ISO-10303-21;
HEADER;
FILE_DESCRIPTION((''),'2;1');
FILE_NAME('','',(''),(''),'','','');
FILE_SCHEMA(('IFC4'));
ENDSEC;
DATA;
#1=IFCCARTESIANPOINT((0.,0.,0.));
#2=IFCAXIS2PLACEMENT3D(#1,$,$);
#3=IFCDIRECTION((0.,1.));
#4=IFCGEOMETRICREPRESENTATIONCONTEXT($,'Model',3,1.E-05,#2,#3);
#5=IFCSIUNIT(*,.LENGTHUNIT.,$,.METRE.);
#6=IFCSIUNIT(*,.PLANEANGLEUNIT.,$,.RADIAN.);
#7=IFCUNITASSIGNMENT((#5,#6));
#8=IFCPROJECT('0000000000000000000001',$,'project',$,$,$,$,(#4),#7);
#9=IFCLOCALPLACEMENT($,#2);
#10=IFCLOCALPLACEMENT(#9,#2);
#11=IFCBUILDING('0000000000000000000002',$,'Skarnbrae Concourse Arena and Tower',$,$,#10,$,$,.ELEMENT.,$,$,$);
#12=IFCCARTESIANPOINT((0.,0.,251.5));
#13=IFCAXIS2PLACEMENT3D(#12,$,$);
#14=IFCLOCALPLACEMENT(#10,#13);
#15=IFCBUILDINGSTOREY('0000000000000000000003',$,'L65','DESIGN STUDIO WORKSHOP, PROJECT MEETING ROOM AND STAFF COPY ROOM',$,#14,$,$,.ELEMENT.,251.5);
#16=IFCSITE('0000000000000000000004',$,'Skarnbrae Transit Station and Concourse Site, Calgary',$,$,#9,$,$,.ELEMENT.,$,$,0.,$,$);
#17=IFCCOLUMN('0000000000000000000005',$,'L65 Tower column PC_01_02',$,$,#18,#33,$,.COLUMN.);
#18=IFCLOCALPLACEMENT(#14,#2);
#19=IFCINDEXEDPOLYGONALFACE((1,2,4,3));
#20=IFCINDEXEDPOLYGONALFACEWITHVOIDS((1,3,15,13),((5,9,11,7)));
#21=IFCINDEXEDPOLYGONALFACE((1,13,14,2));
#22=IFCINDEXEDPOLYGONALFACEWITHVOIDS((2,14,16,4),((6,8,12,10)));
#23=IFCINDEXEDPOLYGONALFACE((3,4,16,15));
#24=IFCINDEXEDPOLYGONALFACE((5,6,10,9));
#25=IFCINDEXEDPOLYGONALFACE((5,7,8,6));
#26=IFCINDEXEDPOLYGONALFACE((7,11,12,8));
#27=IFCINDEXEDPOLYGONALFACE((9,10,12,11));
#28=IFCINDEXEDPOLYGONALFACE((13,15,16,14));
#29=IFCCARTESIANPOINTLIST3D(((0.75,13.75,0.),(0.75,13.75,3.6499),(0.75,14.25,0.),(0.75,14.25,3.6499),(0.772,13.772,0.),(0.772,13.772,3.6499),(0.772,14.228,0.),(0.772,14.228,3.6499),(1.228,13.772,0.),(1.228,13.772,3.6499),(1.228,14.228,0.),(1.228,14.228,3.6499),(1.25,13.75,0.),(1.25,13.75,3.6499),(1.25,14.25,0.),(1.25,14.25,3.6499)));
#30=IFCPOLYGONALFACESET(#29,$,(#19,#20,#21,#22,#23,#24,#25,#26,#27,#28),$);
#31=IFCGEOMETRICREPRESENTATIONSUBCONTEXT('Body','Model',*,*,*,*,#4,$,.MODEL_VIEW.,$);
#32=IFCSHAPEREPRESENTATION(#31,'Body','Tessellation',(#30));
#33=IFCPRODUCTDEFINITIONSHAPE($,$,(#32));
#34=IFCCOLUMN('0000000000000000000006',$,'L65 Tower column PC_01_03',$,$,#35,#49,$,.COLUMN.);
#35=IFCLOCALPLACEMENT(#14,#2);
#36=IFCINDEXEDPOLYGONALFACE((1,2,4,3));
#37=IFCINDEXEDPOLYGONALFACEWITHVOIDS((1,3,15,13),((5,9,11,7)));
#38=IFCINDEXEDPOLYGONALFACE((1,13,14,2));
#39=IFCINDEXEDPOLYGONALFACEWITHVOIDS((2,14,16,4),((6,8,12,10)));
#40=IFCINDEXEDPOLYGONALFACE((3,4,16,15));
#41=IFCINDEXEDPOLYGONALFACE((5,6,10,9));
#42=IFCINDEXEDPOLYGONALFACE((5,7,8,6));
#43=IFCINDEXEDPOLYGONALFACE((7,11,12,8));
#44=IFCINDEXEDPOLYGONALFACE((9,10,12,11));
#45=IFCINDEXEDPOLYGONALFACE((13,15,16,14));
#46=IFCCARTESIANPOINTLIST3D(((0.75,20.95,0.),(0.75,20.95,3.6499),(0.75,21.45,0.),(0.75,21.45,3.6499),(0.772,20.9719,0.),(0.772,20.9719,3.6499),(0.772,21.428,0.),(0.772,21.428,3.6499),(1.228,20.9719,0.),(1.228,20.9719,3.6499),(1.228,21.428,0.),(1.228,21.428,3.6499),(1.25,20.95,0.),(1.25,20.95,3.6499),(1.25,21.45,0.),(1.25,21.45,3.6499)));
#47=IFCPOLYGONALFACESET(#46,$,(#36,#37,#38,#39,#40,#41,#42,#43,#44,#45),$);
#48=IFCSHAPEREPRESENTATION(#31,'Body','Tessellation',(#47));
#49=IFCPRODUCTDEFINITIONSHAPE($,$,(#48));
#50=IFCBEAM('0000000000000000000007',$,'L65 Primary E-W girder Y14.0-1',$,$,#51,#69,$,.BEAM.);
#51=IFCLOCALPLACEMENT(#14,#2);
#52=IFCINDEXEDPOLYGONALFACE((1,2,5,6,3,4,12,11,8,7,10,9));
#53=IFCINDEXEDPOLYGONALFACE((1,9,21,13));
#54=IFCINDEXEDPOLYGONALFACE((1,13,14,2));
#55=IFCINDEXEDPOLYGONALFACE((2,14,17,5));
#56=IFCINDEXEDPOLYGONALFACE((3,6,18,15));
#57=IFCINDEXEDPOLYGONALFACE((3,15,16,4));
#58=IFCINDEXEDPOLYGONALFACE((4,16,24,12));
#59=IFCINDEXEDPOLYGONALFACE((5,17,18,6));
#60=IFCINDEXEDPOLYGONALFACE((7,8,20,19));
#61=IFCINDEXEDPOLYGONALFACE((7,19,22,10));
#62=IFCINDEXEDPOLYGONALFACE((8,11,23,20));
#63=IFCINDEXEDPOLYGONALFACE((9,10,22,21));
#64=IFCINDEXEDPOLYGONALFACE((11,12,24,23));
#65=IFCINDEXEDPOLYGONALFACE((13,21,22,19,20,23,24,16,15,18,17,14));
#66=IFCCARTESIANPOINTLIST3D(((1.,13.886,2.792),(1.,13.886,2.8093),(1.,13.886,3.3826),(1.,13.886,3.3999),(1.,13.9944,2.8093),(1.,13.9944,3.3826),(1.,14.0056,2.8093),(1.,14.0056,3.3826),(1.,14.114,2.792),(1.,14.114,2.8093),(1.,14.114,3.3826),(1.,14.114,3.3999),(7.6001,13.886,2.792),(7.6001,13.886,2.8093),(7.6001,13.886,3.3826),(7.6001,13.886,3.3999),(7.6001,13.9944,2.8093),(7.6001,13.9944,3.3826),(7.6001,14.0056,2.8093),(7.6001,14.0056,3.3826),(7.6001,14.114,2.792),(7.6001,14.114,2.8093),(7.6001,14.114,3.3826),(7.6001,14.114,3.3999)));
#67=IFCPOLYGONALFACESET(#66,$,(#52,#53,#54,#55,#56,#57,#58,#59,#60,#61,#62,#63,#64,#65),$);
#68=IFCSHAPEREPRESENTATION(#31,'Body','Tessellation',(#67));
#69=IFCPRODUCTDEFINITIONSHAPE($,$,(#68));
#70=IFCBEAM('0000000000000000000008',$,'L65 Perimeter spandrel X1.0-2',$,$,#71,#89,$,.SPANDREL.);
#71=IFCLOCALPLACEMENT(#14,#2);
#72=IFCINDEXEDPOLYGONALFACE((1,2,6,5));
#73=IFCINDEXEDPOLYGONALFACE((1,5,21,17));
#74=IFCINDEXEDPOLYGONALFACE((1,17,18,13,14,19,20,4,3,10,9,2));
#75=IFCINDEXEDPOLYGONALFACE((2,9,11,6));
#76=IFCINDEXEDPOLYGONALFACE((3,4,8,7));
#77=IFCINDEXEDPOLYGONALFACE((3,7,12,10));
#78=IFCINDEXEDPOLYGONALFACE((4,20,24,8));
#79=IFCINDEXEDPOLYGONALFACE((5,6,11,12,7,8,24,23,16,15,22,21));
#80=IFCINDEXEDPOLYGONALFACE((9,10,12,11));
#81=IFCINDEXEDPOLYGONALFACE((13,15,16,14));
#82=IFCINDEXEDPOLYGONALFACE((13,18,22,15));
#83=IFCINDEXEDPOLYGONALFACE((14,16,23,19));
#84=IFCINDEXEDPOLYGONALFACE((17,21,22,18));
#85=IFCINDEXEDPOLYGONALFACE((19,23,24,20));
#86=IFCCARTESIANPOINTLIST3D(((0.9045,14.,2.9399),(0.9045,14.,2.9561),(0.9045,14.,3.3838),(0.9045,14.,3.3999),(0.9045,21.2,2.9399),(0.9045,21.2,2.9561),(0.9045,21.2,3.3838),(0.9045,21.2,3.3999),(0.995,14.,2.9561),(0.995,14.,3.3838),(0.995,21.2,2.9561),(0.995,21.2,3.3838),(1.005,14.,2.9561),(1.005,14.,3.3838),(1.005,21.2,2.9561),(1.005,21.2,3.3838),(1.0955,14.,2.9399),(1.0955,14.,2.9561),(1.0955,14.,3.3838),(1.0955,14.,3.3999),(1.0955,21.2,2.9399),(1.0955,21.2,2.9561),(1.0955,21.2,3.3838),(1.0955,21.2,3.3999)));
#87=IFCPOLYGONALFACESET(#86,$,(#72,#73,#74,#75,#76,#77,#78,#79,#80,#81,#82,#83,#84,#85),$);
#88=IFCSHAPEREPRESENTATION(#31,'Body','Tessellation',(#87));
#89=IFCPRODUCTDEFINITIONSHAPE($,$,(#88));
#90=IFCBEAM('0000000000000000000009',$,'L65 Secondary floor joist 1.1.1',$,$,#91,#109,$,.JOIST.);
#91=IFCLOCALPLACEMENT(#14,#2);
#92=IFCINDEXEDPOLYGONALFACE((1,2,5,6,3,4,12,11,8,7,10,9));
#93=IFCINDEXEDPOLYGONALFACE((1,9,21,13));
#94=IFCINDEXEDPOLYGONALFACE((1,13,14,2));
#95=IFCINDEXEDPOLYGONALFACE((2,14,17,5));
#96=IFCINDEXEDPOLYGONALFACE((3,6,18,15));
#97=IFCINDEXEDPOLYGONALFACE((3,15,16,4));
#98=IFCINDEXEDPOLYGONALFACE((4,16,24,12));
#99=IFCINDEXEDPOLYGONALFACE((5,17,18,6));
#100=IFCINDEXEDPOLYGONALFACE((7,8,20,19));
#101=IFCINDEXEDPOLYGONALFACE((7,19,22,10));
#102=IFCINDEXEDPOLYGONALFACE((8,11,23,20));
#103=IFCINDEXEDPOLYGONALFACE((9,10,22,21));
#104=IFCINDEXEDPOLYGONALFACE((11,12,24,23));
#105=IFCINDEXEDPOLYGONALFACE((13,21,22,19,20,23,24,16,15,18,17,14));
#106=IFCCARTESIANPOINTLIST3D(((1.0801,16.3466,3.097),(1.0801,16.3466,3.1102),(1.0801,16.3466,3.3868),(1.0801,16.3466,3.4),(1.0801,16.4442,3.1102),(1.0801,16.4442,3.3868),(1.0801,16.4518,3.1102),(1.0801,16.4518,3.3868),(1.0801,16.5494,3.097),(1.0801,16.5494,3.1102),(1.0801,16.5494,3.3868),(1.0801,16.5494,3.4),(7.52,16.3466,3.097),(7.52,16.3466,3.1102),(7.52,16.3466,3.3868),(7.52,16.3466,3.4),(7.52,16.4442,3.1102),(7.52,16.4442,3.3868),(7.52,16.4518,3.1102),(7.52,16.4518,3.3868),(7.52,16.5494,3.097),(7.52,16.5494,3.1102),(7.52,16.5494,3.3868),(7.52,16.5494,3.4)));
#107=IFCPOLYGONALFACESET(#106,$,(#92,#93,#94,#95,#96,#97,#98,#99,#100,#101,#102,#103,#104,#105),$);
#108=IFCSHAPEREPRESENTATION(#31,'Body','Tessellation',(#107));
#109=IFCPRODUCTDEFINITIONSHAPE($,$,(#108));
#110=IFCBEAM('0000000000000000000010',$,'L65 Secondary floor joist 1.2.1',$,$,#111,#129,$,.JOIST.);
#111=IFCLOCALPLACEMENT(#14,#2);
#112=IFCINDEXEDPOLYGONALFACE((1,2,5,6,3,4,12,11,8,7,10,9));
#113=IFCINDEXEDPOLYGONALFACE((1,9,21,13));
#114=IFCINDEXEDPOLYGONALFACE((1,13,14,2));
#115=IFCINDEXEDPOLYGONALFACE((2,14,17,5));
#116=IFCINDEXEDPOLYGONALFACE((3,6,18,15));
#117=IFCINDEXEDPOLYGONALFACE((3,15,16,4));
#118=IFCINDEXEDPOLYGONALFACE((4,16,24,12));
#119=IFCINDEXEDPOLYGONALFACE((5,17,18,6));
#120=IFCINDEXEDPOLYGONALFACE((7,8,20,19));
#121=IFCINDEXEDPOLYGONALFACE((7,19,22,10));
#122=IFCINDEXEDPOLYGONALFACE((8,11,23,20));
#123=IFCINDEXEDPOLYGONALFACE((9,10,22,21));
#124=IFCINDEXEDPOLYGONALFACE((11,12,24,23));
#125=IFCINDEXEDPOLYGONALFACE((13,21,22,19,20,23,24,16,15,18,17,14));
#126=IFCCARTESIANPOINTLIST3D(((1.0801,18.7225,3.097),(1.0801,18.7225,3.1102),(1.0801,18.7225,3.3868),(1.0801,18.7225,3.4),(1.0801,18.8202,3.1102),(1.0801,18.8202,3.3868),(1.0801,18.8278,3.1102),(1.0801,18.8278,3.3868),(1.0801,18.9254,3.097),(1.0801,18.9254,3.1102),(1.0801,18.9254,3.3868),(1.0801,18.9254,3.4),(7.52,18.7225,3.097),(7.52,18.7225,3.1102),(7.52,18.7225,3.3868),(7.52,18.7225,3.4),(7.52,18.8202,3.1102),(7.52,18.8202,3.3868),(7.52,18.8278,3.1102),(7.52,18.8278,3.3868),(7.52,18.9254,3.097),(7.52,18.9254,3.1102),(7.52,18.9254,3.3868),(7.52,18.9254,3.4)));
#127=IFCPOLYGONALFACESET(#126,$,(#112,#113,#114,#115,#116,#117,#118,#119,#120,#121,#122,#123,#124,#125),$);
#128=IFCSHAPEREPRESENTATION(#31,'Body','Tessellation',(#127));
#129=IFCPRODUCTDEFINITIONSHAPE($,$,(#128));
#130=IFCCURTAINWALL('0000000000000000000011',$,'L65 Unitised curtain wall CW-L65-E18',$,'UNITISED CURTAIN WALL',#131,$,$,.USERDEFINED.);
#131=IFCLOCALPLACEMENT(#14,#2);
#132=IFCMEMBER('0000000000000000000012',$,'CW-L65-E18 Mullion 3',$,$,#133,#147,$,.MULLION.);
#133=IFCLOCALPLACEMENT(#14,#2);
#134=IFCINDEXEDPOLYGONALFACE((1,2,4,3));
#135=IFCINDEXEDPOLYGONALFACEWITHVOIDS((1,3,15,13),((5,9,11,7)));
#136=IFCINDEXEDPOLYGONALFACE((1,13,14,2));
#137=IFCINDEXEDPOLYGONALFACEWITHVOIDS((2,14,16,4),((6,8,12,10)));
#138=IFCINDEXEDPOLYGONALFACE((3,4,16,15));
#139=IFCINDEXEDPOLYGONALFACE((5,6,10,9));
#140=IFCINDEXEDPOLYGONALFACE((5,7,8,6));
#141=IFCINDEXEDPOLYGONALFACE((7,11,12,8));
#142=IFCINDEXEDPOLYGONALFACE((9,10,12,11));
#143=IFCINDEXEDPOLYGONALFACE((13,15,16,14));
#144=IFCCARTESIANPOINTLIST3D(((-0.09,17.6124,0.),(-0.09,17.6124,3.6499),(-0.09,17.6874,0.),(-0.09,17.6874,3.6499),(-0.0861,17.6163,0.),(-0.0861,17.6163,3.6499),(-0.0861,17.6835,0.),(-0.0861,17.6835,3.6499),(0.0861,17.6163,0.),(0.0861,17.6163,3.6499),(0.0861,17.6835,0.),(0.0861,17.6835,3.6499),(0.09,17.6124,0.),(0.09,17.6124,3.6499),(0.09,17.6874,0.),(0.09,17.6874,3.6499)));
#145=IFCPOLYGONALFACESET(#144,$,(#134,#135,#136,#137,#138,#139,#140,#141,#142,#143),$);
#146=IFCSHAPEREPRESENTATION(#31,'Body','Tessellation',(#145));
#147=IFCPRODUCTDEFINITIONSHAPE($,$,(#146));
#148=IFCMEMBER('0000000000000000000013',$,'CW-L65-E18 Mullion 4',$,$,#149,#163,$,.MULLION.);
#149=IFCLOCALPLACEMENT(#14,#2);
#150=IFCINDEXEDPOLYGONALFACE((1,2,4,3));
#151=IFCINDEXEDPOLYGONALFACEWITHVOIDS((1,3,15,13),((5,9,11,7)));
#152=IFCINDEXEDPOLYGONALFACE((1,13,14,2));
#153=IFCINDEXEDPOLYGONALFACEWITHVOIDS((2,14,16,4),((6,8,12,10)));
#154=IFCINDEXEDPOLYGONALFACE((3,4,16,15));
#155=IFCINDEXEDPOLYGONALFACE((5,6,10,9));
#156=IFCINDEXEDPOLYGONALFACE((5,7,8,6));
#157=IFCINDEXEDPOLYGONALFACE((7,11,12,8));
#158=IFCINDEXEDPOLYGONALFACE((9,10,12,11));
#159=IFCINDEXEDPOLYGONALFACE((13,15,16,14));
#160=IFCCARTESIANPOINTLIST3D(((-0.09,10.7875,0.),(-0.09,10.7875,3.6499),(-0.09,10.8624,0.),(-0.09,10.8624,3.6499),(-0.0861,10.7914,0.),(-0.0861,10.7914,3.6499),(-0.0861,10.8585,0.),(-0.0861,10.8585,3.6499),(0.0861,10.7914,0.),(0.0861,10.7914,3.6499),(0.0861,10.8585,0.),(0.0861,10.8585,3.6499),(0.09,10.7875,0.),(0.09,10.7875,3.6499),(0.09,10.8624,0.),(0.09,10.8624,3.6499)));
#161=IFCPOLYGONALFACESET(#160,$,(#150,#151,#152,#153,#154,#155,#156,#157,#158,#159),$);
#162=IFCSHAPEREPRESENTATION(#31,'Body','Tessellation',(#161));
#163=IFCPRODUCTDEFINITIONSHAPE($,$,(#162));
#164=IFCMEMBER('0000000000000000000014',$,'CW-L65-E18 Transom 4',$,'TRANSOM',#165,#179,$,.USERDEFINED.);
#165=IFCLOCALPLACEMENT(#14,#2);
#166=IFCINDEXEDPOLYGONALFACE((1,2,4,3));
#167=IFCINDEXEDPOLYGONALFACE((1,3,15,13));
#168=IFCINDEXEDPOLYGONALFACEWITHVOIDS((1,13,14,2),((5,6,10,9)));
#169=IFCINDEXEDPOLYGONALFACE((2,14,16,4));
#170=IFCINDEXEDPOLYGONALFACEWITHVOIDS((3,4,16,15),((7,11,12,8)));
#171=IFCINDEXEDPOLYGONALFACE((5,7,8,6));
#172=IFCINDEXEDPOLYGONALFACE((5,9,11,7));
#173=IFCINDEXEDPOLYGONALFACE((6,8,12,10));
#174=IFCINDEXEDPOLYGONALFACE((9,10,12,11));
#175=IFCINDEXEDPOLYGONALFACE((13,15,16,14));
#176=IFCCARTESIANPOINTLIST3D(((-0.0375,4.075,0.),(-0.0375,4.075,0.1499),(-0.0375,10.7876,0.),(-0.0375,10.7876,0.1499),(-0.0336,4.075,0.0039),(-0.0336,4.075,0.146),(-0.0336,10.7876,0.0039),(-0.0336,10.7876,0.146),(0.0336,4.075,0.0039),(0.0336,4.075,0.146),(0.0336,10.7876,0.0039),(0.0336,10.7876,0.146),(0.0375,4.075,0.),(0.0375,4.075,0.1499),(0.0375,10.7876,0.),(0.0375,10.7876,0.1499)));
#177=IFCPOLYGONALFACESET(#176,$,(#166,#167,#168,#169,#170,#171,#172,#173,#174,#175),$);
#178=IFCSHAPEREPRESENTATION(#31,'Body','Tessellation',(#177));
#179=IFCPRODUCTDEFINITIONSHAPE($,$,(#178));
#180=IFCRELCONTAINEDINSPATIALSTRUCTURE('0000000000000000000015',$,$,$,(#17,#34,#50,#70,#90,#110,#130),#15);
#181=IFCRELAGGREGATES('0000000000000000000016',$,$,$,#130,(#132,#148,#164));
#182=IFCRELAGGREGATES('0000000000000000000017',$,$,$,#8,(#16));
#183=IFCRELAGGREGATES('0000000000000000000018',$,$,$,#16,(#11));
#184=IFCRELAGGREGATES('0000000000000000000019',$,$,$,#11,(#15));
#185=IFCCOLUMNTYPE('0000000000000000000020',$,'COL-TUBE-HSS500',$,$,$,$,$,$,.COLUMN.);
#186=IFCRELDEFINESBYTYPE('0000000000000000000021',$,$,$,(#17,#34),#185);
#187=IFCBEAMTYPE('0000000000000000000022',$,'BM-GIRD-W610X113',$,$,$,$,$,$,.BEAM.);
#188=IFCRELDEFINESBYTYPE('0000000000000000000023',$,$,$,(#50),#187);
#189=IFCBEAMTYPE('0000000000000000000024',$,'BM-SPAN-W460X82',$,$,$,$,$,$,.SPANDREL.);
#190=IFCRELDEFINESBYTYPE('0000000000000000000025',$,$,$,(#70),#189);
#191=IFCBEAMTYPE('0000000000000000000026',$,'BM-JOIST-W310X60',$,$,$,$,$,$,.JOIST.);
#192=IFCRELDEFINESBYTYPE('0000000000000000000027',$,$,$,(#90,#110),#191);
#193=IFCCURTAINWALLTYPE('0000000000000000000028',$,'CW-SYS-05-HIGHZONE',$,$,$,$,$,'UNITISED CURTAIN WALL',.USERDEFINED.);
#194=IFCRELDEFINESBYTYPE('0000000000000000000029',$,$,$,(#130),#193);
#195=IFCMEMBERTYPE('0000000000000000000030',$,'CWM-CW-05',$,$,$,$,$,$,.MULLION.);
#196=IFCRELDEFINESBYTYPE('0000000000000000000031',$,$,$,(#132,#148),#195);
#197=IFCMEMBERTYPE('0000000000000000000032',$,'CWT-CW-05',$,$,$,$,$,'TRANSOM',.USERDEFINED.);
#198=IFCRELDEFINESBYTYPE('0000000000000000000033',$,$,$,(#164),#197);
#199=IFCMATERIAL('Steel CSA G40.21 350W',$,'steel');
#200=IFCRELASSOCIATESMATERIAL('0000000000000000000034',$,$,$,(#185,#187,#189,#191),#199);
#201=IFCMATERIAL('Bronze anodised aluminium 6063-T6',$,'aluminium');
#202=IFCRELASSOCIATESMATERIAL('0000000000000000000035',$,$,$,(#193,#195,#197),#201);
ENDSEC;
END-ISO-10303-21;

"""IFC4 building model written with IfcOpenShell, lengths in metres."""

from ifc_helpers import new_model, si_unit, direction, frame, origin, origin_2d, place, context, subcontext, project, spatial, hollow_rectangle, i_section, extrude, source, transform, mapped, material, material_profile, profile_set, type_object, element, aggregate, save


model = new_model("IFC4")

# Units and contexts
model_context = context("Model", 3, precision=1e-05, world=origin(), true_north=direction((0.0, 1.0)))
body_context = subcontext(model_context, "Body", "Model", "MODEL_VIEW")
ifc_project = project(units=[si_unit("LENGTHUNIT", "METRE"), si_unit("PLANEANGLEUNIT", "RADIAN")], contexts=[model_context])

# Site, building, storey
site_placement = place(None, origin())
site = spatial("IfcSite", under=ifc_project, at=site_placement, Name="Skarnbrae Transit Station and Concourse Site, Calgary", CompositionType="ELEMENT", RefElevation=0.0)
building_placement = place(site_placement, origin())
building = spatial("IfcBuilding", under=site, at=building_placement, Name="Skarnbrae Concourse Arena and Tower", CompositionType="ELEMENT")
storey_placement = place(building_placement, frame((0.0, 0.0, 251.5)))
storey = spatial("IfcBuildingStorey", under=building, at=storey_placement, Name="L65", Description="DESIGN STUDIO WORKSHOP, PROJECT MEETING ROOM AND STAFF COPY ROOM", CompositionType="ELEMENT", Elevation=251.5)

# Columns
ifc_material_1 = material(Name="Steel CSA G40.21 350W", Category="steel")
ifc_material_profile_1 = material_profile(ifc_material_1, hollow_rectangle(XDim=0.5, YDim=0.5, WallThickness=0.022, at=origin_2d()), Name="HSS500X500X22.0")
ifc_profile_set_1 = profile_set([ifc_material_profile_1], Name="Steel CSA G40.21 350W")
column_type = type_object("IfcColumnType", Name="COL-TUBE-HSS500", PredefinedType="COLUMN", material=ifc_profile_set_1)
shared_shape_1 = source(origin(), body_context, "Body", "SweptSolid", [
    extrude(hollow_rectangle(XDim=0.5, YDim=0.5, WallThickness=0.022, at=origin_2d()), origin(), (0.0, 0.0, 1.0), 3.6499),
])
for number, where, z_axis, x_axis, name in (
    (1, (1.0, 14.0, 0.0), (0.0, 0.0, 1.0), (1.0, 0.0, 0.0), "L65 Tower column PC_01_02"),
    (2, (1.0, 21.2, 0.0), (0.0, 0.0, 1.0), (1.0, 0.0, 0.0), "L65 Tower column PC_01_03"),
):
    element("IfcColumn", number, at=place(storey_placement, frame(where, z_axis=z_axis, x_axis=x_axis)), inside=storey, type_object=column_type, Name=name, PredefinedType="COLUMN", context=body_context, shape_type="MappedRepresentation", body=[
        mapped(shared_shape_1, transform((0.0, 0.0, 0.0))),
    ])

# Beams
ifc_material_profile_2 = material_profile(ifc_material_1, i_section(OverallWidth=0.228, OverallDepth=0.6079, WebThickness=0.0112, FlangeThickness=0.0173, at=origin_2d()), Name="W610X113")
ifc_profile_set_2 = profile_set([ifc_material_profile_2], Name="Steel CSA G40.21 350W")
beam_type_1 = type_object("IfcBeamType", Name="BM-GIRD-W610X113", PredefinedType="BEAM", material=ifc_profile_set_2)
shared_shape_2 = source(origin(), body_context, "Body", "SweptSolid", [
    extrude(i_section(OverallWidth=0.228, OverallDepth=0.6079, WebThickness=0.0112, FlangeThickness=0.0173, at=origin_2d()), origin(), (0.0, 0.0, 1.0), 6.6001),
])
beam_1_placement = place(storey_placement, frame((1.0, 14.0, 3.0959), z_axis=(1.0, 0.0, 0.0), x_axis=(0.0, 1.0, 0.0)))
element("IfcBeam", 3, at=beam_1_placement, inside=storey, type_object=beam_type_1, Name="L65 Primary E-W girder Y14.0-1", PredefinedType="BEAM", context=body_context, shape_type="MappedRepresentation", body=[
    mapped(shared_shape_2, transform((0.0, 0.0, 0.0))),
])
ifc_material_profile_3 = material_profile(ifc_material_1, i_section(OverallWidth=0.1909, OverallDepth=0.46, WebThickness=0.01, FlangeThickness=0.0161, at=origin_2d()), Name="W460X82")
ifc_profile_set_3 = profile_set([ifc_material_profile_3], Name="Steel CSA G40.21 350W")
beam_type_2 = type_object("IfcBeamType", Name="BM-SPAN-W460X82", PredefinedType="SPANDREL", material=ifc_profile_set_3)
shared_shape_3 = source(origin(), body_context, "Body", "SweptSolid", [
    extrude(i_section(OverallWidth=0.1909, OverallDepth=0.46, WebThickness=0.01, FlangeThickness=0.0161, at=origin_2d()), origin(), (0.0, 0.0, 1.0), 7.2),
])
beam_2_placement = place(storey_placement, frame((1.0, 14.0, 3.1699), z_axis=(0.0, 1.0, 0.0), x_axis=(-1.0, 0.0, 0.0)))
element("IfcBeam", 4, at=beam_2_placement, inside=storey, type_object=beam_type_2, Name="L65 Perimeter spandrel X1.0-2", PredefinedType="SPANDREL", context=body_context, shape_type="MappedRepresentation", body=[
    mapped(shared_shape_3, transform((0.0, 0.0, 0.0))),
])
ifc_material_profile_4 = material_profile(ifc_material_1, i_section(OverallWidth=0.2029, OverallDepth=0.303, WebThickness=0.0076, FlangeThickness=0.0132, at=origin_2d()), Name="W310X60")
ifc_profile_set_4 = profile_set([ifc_material_profile_4], Name="Steel CSA G40.21 350W")
beam_type_3 = type_object("IfcBeamType", Name="BM-JOIST-W310X60", PredefinedType="JOIST", material=ifc_profile_set_4)
shared_shape_4 = source(origin(), body_context, "Body", "SweptSolid", [
    extrude(i_section(OverallWidth=0.2029, OverallDepth=0.303, WebThickness=0.0076, FlangeThickness=0.0132, at=origin_2d()), origin(), (0.0, 0.0, 1.0), 6.4399),
])
for number, where, z_axis, x_axis, name in (
    (5, (1.0801, 16.448, 3.2485), (1.0, 0.0, 0.0), (0.0, 1.0, 0.0), "L65 Secondary floor joist 1.1.1"),
    (6, (1.0801, 18.824, 3.2485), (1.0, 0.0, 0.0), (0.0, 1.0, 0.0), "L65 Secondary floor joist 1.2.1"),
):
    element("IfcBeam", number, at=place(storey_placement, frame(where, z_axis=z_axis, x_axis=x_axis)), inside=storey, type_object=beam_type_3, Name=name, PredefinedType="JOIST", context=body_context, shape_type="MappedRepresentation", body=[
        mapped(shared_shape_4, transform((0.0, 0.0, 0.0))),
    ])

# Curtain wall, members
ifc_material_2 = material(Name="Bronze anodised aluminium 6063-T6", Category="aluminium")
curtain_wall_type = type_object("IfcCurtainWallType", Name="CW-SYS-05-HIGHZONE", ElementType="UNITISED CURTAIN WALL", PredefinedType="USERDEFINED", material=ifc_material_2)
curtain_wall_placement = place(storey_placement, origin())
curtain_wall = element("IfcCurtainWall", 7, at=curtain_wall_placement, inside=storey, type_object=curtain_wall_type, Name="L65 Unitised curtain wall CW-L65-E18", ObjectType="UNITISED CURTAIN WALL", PredefinedType="USERDEFINED")
ifc_material_profile_5 = material_profile(ifc_material_2, hollow_rectangle(XDim=0.075, YDim=0.1799, WallThickness=0.0039, at=origin_2d()), Name="ALU-MULL-75X180")
ifc_profile_set_5 = profile_set([ifc_material_profile_5], Name="Bronze anodised aluminium 6063-T6")
member_type_1 = type_object("IfcMemberType", Name="CWM-CW-05", PredefinedType="MULLION", material=ifc_profile_set_5)
shared_shape_5 = source(origin(), body_context, "Body", "SweptSolid", [
    extrude(hollow_rectangle(XDim=0.075, YDim=0.1799, WallThickness=0.0039, at=origin_2d()), origin(), (0.0, 0.0, 1.0), 3.6499),
])
member_1_placement = place(storey_placement, frame((0.0, 17.6499, 0.0), z_axis=(0.0, 0.0, 1.0), x_axis=(0.0, -1.0, 0.0)))
member_1 = element("IfcMember", 8, at=member_1_placement, type_object=member_type_1, Name="CW-L65-E18 Mullion 3", PredefinedType="MULLION", context=body_context, shape_type="MappedRepresentation", body=[
    mapped(shared_shape_5, transform((0.0, 0.0, 0.0))),
])
member_2_placement = place(storey_placement, frame((0.0, 10.825, 0.0), z_axis=(0.0, 0.0, 1.0), x_axis=(0.0, -1.0, 0.0)))
member_2 = element("IfcMember", 9, at=member_2_placement, type_object=member_type_1, Name="CW-L65-E18 Mullion 4", PredefinedType="MULLION", context=body_context, shape_type="MappedRepresentation", body=[
    mapped(shared_shape_5, transform((0.0, 0.0, 0.0))),
])
ifc_material_profile_6 = material_profile(ifc_material_2, hollow_rectangle(XDim=0.075, YDim=0.1499, WallThickness=0.0039, at=origin_2d()), Name="ALU-TRAN-75X150")
ifc_profile_set_6 = profile_set([ifc_material_profile_6], Name="Bronze anodised aluminium 6063-T6")
member_type_2 = type_object("IfcMemberType", Name="CWT-CW-05", ElementType="TRANSOM", PredefinedType="USERDEFINED", material=ifc_profile_set_6)
shared_shape_6 = source(origin(), body_context, "Body", "SweptSolid", [
    extrude(hollow_rectangle(XDim=0.075, YDim=0.1499, WallThickness=0.0039, at=origin_2d()), origin(), (0.0, 0.0, 1.0), 6.7126),
])
member_3_placement = place(storey_placement, frame((0.0, 10.7876, 0.075), z_axis=(0.0, -1.0, 0.0), x_axis=(1.0, 0.0, 0.0)))
member_3 = element("IfcMember", 10, at=member_3_placement, type_object=member_type_2, Name="CW-L65-E18 Transom 4", ObjectType="TRANSOM", PredefinedType="USERDEFINED", context=body_context, shape_type="MappedRepresentation", body=[
    mapped(shared_shape_6, transform((0.0, 0.0, 0.0))),
])
aggregate(curtain_wall, [member_1, member_2, member_3])

save(model, "model.ifc")
